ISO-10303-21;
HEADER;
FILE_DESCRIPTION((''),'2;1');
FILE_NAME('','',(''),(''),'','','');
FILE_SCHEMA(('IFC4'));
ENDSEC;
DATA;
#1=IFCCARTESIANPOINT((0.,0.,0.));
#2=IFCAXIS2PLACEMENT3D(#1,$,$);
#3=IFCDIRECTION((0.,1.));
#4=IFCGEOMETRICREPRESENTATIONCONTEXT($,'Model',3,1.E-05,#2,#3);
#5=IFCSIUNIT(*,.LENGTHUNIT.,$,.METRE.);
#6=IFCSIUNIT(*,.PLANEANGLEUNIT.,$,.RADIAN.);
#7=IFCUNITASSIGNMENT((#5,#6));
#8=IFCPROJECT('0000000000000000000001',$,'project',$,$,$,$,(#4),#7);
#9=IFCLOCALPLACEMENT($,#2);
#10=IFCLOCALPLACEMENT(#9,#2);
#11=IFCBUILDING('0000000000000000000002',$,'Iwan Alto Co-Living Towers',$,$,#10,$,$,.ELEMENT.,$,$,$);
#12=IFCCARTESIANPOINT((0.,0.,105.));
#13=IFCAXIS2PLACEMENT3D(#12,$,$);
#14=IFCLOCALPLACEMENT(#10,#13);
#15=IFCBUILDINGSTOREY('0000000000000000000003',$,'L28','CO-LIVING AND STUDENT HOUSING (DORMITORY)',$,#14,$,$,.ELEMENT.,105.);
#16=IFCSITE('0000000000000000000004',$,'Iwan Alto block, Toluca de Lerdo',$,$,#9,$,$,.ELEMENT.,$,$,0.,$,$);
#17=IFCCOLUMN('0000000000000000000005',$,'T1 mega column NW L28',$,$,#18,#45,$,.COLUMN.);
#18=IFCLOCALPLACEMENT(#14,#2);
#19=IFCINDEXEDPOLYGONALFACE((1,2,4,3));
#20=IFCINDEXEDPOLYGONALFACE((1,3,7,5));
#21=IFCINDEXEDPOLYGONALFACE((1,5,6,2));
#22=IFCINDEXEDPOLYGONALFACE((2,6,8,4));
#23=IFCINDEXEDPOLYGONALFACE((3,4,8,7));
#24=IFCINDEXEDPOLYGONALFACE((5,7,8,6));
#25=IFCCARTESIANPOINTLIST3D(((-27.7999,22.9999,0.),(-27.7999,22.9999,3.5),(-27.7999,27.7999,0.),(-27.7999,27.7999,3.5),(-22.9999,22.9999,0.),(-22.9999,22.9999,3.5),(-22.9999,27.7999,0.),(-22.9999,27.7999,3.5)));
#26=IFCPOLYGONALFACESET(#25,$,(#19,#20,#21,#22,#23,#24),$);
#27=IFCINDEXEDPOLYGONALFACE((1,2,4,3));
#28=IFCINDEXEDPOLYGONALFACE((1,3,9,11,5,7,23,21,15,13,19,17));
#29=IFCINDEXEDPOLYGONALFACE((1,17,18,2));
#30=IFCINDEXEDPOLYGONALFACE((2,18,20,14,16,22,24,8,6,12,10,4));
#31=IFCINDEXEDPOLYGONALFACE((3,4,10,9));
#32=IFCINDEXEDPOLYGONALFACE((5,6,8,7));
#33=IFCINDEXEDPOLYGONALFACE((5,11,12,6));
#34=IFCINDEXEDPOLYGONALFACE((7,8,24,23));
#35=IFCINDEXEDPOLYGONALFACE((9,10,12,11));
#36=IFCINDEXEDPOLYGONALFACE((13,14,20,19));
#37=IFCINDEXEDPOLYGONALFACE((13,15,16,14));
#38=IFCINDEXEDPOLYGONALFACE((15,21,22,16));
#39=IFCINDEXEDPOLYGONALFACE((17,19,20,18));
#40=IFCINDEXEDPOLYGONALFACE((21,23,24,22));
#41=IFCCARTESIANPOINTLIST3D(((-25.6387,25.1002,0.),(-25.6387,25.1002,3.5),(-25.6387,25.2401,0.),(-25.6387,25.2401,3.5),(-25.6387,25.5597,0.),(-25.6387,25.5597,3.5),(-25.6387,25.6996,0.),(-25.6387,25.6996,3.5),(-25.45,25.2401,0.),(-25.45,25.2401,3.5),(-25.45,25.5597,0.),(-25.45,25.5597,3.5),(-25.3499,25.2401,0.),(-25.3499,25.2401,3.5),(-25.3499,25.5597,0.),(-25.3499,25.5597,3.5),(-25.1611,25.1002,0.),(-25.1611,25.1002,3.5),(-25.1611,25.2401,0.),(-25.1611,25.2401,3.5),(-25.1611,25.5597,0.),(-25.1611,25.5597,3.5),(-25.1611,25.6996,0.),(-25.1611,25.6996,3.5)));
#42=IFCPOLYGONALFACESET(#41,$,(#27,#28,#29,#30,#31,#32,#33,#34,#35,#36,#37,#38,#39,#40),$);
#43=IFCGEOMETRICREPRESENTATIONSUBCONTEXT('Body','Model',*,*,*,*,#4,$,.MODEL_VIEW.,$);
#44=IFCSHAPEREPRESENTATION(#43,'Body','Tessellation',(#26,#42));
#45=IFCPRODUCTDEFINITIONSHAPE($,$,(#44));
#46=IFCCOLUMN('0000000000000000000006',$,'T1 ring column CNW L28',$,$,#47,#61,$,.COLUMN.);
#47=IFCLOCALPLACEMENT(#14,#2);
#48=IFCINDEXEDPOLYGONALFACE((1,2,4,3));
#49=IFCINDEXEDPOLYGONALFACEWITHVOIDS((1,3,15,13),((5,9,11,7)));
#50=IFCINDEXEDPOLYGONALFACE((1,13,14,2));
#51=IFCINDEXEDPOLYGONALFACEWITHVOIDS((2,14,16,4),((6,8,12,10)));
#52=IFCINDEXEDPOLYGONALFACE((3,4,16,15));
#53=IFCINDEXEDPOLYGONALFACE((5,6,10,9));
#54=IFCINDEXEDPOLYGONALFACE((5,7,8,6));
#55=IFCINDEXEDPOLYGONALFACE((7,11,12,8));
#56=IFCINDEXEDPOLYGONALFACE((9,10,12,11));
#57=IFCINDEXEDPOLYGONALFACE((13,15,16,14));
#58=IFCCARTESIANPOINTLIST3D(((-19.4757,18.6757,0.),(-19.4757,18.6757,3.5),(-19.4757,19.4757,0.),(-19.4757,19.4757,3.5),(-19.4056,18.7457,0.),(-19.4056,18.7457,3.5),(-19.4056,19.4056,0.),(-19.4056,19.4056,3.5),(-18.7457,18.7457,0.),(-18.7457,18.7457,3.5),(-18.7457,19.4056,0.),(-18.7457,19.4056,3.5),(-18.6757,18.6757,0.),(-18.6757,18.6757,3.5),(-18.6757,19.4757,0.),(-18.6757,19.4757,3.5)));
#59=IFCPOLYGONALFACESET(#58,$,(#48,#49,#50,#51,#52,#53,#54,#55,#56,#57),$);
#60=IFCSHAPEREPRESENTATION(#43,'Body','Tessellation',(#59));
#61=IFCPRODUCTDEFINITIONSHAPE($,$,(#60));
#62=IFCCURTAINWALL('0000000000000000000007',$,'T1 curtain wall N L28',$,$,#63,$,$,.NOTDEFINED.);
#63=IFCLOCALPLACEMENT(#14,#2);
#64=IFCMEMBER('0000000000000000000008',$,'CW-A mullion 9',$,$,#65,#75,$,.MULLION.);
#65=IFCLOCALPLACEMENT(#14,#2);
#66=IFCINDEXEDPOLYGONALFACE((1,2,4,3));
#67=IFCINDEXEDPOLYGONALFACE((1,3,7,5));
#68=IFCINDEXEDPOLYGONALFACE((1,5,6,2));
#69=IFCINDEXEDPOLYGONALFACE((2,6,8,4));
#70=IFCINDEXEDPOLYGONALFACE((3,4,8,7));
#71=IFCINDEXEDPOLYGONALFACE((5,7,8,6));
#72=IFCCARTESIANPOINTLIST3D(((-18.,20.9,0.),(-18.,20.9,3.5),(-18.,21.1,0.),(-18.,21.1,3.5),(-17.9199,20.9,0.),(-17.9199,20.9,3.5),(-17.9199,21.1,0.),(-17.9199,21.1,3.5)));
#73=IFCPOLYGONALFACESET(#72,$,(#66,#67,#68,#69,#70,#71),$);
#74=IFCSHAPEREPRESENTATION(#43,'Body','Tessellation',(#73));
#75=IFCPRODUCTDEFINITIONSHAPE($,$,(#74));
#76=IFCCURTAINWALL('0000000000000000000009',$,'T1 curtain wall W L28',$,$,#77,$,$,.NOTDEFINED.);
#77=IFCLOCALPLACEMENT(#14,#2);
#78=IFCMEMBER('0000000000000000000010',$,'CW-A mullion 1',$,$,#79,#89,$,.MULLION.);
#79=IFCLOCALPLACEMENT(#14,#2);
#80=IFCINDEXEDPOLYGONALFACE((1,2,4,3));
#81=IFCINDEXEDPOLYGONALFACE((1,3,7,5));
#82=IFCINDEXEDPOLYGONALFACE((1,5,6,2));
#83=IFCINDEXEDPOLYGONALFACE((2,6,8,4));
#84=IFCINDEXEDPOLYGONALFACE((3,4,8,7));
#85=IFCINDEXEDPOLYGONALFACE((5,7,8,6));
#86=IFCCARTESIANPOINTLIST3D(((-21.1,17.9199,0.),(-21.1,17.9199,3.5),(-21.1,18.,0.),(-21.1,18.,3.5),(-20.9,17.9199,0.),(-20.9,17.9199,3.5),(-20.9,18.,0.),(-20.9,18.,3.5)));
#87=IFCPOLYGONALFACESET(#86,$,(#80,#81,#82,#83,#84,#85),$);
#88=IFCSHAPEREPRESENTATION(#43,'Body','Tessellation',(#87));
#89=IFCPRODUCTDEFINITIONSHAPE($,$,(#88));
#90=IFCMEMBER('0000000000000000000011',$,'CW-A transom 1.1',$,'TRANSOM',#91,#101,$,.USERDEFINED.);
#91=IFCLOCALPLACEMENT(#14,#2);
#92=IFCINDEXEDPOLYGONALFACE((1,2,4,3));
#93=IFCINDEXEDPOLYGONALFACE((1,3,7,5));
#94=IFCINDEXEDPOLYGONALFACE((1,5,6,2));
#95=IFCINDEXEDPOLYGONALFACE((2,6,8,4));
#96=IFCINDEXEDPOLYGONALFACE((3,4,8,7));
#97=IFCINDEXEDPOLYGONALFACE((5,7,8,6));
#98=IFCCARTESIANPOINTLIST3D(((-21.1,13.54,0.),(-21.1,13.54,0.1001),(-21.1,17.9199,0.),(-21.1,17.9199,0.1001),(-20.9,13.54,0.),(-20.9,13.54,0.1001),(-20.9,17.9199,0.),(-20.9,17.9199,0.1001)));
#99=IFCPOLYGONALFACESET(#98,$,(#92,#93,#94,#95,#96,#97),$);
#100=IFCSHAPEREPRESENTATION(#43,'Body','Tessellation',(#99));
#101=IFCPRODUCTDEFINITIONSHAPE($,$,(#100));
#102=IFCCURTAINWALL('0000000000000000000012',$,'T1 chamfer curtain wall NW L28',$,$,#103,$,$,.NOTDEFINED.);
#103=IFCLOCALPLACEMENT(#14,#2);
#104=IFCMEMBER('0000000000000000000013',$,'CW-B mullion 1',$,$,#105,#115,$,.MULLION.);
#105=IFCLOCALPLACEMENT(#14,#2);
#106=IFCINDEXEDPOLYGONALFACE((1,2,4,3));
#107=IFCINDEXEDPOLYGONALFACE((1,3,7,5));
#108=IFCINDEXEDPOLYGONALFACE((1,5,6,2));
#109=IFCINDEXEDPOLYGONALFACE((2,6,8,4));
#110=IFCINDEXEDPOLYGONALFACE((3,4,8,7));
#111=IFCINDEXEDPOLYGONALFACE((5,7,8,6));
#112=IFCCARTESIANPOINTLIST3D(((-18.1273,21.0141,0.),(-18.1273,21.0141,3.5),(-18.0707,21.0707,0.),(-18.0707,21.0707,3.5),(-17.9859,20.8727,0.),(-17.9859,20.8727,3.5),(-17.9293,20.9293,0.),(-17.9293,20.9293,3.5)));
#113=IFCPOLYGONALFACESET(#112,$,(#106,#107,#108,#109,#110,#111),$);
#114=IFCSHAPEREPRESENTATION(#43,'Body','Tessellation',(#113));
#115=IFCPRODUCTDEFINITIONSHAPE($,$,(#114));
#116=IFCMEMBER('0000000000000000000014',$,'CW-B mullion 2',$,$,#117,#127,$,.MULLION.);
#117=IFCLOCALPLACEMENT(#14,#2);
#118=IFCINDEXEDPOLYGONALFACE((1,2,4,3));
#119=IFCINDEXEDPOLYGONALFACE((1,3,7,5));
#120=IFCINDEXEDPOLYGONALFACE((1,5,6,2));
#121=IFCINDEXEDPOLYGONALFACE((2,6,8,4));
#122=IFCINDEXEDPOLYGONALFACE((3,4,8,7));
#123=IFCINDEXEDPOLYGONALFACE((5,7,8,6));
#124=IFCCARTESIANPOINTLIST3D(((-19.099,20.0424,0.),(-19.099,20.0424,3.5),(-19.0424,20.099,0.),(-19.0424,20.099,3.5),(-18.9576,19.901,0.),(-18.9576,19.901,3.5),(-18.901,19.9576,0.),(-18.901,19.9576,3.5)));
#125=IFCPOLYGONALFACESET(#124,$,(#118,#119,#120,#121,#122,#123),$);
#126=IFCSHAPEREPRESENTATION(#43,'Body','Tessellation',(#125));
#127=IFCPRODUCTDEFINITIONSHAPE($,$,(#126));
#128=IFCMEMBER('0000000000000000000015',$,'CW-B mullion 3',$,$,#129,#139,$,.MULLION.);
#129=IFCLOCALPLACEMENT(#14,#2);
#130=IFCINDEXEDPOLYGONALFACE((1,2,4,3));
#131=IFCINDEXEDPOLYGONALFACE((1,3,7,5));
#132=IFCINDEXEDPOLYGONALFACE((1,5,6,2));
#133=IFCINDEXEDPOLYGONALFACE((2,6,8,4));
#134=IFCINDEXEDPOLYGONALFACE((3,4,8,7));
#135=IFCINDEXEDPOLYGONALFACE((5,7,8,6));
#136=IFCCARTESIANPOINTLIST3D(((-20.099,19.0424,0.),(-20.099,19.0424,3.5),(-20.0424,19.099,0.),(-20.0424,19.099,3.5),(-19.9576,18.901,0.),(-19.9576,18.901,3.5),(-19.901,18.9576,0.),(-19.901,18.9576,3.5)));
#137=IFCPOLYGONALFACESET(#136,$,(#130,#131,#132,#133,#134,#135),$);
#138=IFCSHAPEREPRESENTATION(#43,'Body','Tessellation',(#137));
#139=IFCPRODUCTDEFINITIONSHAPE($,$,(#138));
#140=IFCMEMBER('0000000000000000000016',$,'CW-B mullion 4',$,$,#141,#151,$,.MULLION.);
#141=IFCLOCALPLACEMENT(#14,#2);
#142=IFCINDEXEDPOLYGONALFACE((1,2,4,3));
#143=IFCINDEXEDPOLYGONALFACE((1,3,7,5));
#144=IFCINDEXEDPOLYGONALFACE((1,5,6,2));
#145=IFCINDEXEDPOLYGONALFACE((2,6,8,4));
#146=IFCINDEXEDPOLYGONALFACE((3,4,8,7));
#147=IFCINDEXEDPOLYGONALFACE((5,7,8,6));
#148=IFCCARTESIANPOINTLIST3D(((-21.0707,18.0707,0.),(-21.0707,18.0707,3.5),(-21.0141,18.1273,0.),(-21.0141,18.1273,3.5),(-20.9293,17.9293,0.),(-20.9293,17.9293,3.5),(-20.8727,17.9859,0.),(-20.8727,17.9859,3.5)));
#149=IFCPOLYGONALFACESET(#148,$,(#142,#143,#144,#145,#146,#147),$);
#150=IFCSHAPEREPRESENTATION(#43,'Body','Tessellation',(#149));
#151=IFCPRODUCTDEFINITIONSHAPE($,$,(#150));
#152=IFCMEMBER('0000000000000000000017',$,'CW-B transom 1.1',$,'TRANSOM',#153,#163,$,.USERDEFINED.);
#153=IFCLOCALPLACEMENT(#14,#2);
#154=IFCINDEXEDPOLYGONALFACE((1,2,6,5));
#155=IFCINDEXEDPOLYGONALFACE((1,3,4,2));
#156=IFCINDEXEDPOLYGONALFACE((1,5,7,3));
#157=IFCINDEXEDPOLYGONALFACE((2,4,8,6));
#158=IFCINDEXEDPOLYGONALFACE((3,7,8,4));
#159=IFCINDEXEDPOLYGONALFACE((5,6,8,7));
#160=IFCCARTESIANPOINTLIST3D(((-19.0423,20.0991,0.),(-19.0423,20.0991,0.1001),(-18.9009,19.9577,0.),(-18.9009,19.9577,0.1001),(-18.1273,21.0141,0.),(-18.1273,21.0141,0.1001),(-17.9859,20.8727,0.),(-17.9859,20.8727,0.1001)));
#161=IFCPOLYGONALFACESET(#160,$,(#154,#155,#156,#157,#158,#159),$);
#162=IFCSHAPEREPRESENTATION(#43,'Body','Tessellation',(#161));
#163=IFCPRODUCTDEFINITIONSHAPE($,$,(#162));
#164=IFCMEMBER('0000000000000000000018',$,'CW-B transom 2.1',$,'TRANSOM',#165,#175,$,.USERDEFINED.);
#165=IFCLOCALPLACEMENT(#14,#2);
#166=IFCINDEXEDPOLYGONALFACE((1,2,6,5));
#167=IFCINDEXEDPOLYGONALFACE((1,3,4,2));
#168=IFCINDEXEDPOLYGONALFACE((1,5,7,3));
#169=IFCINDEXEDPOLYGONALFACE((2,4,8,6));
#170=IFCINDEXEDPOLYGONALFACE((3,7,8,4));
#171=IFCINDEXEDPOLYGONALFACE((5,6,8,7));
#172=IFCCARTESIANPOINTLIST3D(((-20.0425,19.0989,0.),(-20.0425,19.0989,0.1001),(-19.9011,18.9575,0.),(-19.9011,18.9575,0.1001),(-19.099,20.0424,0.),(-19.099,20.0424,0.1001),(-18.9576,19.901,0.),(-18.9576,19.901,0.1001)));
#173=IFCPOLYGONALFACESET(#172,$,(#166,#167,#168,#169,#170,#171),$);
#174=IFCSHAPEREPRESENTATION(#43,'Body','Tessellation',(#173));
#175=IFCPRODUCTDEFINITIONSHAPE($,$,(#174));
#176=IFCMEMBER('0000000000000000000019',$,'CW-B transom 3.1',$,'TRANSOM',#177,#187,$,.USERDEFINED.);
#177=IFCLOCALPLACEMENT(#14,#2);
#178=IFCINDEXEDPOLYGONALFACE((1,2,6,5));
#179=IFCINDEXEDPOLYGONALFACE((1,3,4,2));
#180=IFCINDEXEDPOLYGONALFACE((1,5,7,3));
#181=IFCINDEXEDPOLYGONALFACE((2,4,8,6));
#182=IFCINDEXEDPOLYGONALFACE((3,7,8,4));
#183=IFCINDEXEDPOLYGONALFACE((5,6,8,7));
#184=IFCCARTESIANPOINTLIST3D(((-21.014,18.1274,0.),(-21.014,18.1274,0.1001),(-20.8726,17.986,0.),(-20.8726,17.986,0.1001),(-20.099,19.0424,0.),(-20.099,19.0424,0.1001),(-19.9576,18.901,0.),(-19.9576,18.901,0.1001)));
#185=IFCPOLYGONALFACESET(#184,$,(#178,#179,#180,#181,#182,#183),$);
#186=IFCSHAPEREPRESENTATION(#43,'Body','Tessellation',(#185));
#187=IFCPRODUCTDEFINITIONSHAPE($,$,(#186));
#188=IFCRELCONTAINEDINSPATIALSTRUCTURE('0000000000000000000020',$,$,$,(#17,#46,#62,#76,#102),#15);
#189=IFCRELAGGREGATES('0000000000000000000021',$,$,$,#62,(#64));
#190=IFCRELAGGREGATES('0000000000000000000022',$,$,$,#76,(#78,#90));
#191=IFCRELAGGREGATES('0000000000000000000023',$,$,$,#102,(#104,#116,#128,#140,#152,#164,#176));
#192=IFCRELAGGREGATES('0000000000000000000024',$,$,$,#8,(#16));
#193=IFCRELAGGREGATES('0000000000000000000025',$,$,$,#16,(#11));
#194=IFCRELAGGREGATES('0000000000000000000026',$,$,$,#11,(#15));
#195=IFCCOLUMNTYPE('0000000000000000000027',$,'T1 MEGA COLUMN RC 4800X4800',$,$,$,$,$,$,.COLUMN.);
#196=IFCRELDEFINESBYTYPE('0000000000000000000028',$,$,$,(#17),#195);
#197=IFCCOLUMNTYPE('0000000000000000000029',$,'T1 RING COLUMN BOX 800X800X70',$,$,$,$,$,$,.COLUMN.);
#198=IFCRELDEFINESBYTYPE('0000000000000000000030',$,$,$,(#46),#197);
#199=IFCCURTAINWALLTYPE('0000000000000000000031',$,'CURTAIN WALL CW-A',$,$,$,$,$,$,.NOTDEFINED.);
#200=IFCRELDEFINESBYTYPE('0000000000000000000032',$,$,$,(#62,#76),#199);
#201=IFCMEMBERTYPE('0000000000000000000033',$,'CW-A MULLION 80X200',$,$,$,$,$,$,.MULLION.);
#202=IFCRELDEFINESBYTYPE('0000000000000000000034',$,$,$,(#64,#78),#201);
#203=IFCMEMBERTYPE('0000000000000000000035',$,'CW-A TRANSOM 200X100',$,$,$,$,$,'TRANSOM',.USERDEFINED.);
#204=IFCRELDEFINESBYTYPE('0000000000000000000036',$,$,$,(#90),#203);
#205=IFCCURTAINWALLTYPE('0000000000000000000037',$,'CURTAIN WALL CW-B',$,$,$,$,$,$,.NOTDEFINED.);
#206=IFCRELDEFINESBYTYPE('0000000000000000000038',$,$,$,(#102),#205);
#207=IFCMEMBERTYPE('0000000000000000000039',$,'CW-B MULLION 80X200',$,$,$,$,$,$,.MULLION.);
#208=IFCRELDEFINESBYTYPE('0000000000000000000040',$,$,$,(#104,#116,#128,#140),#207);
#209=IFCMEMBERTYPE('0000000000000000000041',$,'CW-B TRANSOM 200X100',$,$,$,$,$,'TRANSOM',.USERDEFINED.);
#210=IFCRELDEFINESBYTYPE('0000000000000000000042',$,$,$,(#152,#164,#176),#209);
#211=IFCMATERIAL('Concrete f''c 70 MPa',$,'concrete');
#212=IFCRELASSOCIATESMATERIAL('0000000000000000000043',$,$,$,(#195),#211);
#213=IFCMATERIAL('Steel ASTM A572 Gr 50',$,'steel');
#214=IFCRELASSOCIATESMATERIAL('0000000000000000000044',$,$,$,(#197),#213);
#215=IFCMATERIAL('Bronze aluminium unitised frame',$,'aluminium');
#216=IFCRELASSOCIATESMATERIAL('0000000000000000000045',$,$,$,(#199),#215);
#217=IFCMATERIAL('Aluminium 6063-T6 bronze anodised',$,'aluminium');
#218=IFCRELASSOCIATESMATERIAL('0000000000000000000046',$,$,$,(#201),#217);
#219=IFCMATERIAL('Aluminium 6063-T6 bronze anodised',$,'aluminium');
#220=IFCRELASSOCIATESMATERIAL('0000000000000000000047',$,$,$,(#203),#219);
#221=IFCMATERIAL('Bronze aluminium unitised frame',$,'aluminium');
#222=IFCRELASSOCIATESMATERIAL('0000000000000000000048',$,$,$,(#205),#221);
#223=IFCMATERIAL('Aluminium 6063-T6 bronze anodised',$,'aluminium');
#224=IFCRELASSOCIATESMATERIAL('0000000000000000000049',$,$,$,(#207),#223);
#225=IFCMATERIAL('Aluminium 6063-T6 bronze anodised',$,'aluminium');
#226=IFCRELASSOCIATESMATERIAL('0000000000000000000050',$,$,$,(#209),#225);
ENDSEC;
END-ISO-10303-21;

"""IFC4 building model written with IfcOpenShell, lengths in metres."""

from ifc_helpers import new_model, si_unit, direction, frame, origin, origin_2d, place, context, subcontext, project, spatial, rectangle, hollow_rectangle, i_section, extrude, material, material_profile, profile_set, type_object, element, aggregate, save


model = new_model("IFC4")

# Units and contexts
model_context = context("Model", 3, precision=1e-05, world=origin(), true_north=direction((0.0, 1.0)))
body_context = subcontext(model_context, "Body", "Model", "MODEL_VIEW")
ifc_project = project(units=[si_unit("LENGTHUNIT", "METRE"), si_unit("PLANEANGLEUNIT", "RADIAN")], contexts=[model_context])

# Site, building, storey
site_placement = place(None, origin())
site = spatial("IfcSite", under=ifc_project, at=site_placement, Name="Iwan Alto block, Toluca de Lerdo", CompositionType="ELEMENT", RefElevation=0.0)
building_placement = place(site_placement, origin())
building = spatial("IfcBuilding", under=site, at=building_placement, Name="Iwan Alto Co-Living Towers", CompositionType="ELEMENT")
storey_placement = place(building_placement, frame((0.0, 0.0, 105.0)))
storey = spatial("IfcBuildingStorey", under=building, at=storey_placement, Name="L28", Description="CO-LIVING AND STUDENT HOUSING (DORMITORY)", CompositionType="ELEMENT", Elevation=105.0)

# Columns
ifc_material_1 = material(Name="Concrete f'c 70 MPa", Category="concrete")
ifc_material_profile_1 = material_profile(ifc_material_1, rectangle(XDim=4.8, YDim=4.8, at=origin_2d()), Name="RC 4800X4800")
ifc_profile_set_1 = profile_set([ifc_material_profile_1], Name="Concrete f'c 70 MPa")
column_type_1 = type_object("IfcColumnType", Name="T1 MEGA COLUMN RC 4800X4800", PredefinedType="COLUMN", material=ifc_profile_set_1)
column_1_placement = place(storey_placement, frame((-25.3999, 25.3999, 0.0), z_axis=(0.0, 0.0, 1.0), x_axis=(1.0, 0.0, 0.0)))
element("IfcColumn", 1, at=column_1_placement, inside=storey, type_object=column_type_1, Name="T1 mega column NW L28", PredefinedType="COLUMN", context=body_context, shape_type="SweptSolid", body=[
    extrude(rectangle(XDim=4.8, YDim=4.8, at=origin_2d()), origin(), (0.0, 0.0, 1.0), 3.5),
    extrude(i_section(OverallWidth=0.4775, OverallDepth=0.5994, WebThickness=0.1001, FlangeThickness=0.1399, at=origin_2d()), origin(), (0.0, 0.0, 1.0), 3.5),
])
ifc_material_2 = material(Name="Steel ASTM A572 Gr 50", Category="steel")
ifc_material_profile_2 = material_profile(ifc_material_2, hollow_rectangle(XDim=0.8, YDim=0.8, WallThickness=0.0701, at=origin_2d()), Name="BOX 800X800X70")
ifc_profile_set_2 = profile_set([ifc_material_profile_2], Name="Steel ASTM A572 Gr 50")
column_type_2 = type_object("IfcColumnType", Name="T1 RING COLUMN BOX 800X800X70", PredefinedType="COLUMN", material=ifc_profile_set_2)
column_2_placement = place(storey_placement, frame((-19.0757, 19.0757, 0.0), z_axis=(0.0, 0.0, 1.0), x_axis=(1.0, 0.0, 0.0)))
element("IfcColumn", 2, at=column_2_placement, inside=storey, type_object=column_type_2, Name="T1 ring column CNW L28", PredefinedType="COLUMN", context=body_context, shape_type="SweptSolid", body=[
    extrude(hollow_rectangle(XDim=0.8, YDim=0.8, WallThickness=0.0701, at=origin_2d()), origin(), (0.0, 0.0, 1.0), 3.5),
])

# Curtain wall, member
ifc_material_3 = material(Name="Bronze aluminium unitised frame", Category="aluminium")
curtain_wall_type_1 = type_object("IfcCurtainWallType", Name="CURTAIN WALL CW-A", PredefinedType="NOTDEFINED", material=ifc_material_3)
curtain_wall_1_placement = place(storey_placement, origin())
curtain_wall_1 = element("IfcCurtainWall", 3, at=curtain_wall_1_placement, inside=storey, type_object=curtain_wall_type_1, Name="T1 curtain wall N L28", PredefinedType="NOTDEFINED")
ifc_material_4 = material(Name="Aluminium 6063-T6 bronze anodised", Category="aluminium")
ifc_material_profile_3 = material_profile(ifc_material_4, rectangle(XDim=0.2, YDim=0.0801, at=origin_2d()), Name="AL 80X200")
ifc_profile_set_3 = profile_set([ifc_material_profile_3], Name="Aluminium 6063-T6 bronze anodised")
member_type_1 = type_object("IfcMemberType", Name="CW-A MULLION 80X200", PredefinedType="MULLION", material=ifc_profile_set_3)
member_1_placement = place(storey_placement, frame((-17.96, 21.0, 0.0), z_axis=(0.0, 0.0, 1.0), x_axis=(0.0, -1.0, 0.0)))
member_1 = element("IfcMember", 4, at=member_1_placement, type_object=member_type_1, Name="CW-A mullion 9", PredefinedType="MULLION", context=body_context, shape_type="SweptSolid", body=[
    extrude(rectangle(XDim=0.2, YDim=0.0801, at=origin_2d()), origin(), (0.0, 0.0, 1.0), 3.5),
])
aggregate(curtain_wall_1, [member_1])

# Curtain walls, members
curtain_wall_2_placement = place(storey_placement, origin())
curtain_wall_2 = element("IfcCurtainWall", 5, at=curtain_wall_2_placement, inside=storey, type_object=curtain_wall_type_1, Name="T1 curtain wall W L28", PredefinedType="NOTDEFINED")
member_2_placement = place(storey_placement, frame((-21.0, 17.96, 0.0), z_axis=(0.0, 0.0, 1.0), x_axis=(1.0, 0.0, 0.0)))
member_2 = element("IfcMember", 6, at=member_2_placement, type_object=member_type_1, Name="CW-A mullion 1", PredefinedType="MULLION", context=body_context, shape_type="SweptSolid", body=[
    extrude(rectangle(XDim=0.2, YDim=0.0801, at=origin_2d()), origin(), (0.0, 0.0, 1.0), 3.5),
])
ifc_material_5 = material(Name="Aluminium 6063-T6 bronze anodised", Category="aluminium")
ifc_material_profile_4 = material_profile(ifc_material_5, rectangle(XDim=0.2, YDim=0.1001, at=origin_2d()), Name="AL 200X100")
ifc_profile_set_4 = profile_set([ifc_material_profile_4], Name="Aluminium 6063-T6 bronze anodised")
member_type_2 = type_object("IfcMemberType", Name="CW-A TRANSOM 200X100", ElementType="TRANSOM", PredefinedType="USERDEFINED", material=ifc_profile_set_4)
member_3_placement = place(storey_placement, frame((-21.0, 17.9199, 0.05), z_axis=(0.0, -1.0, 0.0), x_axis=(1.0, 0.0, 0.0)))
member_3 = element("IfcMember", 7, at=member_3_placement, type_object=member_type_2, Name="CW-A transom 1.1", ObjectType="TRANSOM", PredefinedType="USERDEFINED", context=body_context, shape_type="SweptSolid", body=[
    extrude(rectangle(XDim=0.2, YDim=0.1001, at=origin_2d()), origin(), (0.0, 0.0, 1.0), 4.3799),
])
ifc_material_6 = material(Name="Bronze aluminium unitised frame", Category="aluminium")
curtain_wall_type_2 = type_object("IfcCurtainWallType", Name="CURTAIN WALL CW-B", PredefinedType="NOTDEFINED", material=ifc_material_6)
curtain_wall_3_placement = place(storey_placement, origin())
curtain_wall_3 = element("IfcCurtainWall", 8, at=curtain_wall_3_placement, inside=storey, type_object=curtain_wall_type_2, Name="T1 chamfer curtain wall NW L28", PredefinedType="NOTDEFINED")
ifc_material_7 = material(Name="Aluminium 6063-T6 bronze anodised", Category="aluminium")
ifc_material_profile_5 = material_profile(ifc_material_7, rectangle(XDim=0.2, YDim=0.0801, at=origin_2d()), Name="AL 80X200")
ifc_profile_set_5 = profile_set([ifc_material_profile_5], Name="Aluminium 6063-T6 bronze anodised")
member_type_3 = type_object("IfcMemberType", Name="CW-B MULLION 80X200", PredefinedType="MULLION", material=ifc_profile_set_5)
member_4_placement = place(storey_placement, frame((-18.0283, 20.9717, 0.0), z_axis=(0.0, 0.0, 1.0), x_axis=(0.707107, -0.707107, 0.0)))
member_4 = element("IfcMember", 9, at=member_4_placement, type_object=member_type_3, Name="CW-B mullion 1", PredefinedType="MULLION", context=body_context, shape_type="SweptSolid", body=[
    extrude(rectangle(XDim=0.2, YDim=0.0801, at=origin_2d()), origin(), (0.0, 0.0, 1.0), 3.5),
])
member_5_placement = place(storey_placement, frame((-19.0, 20.0, 0.0), z_axis=(0.0, 0.0, 1.0), x_axis=(0.707107, -0.707107, 0.0)))
member_5 = element("IfcMember", 10, at=member_5_placement, type_object=member_type_3, Name="CW-B mullion 2", PredefinedType="MULLION", context=body_context, shape_type="SweptSolid", body=[
    extrude(rectangle(XDim=0.2, YDim=0.0801, at=origin_2d()), origin(), (0.0, 0.0, 1.0), 3.5),
])
member_6_placement = place(storey_placement, frame((-20.0, 19.0, 0.0), z_axis=(0.0, 0.0, 1.0), x_axis=(0.707107, -0.707107, 0.0)))
member_6 = element("IfcMember", 11, at=member_6_placement, type_object=member_type_3, Name="CW-B mullion 3", PredefinedType="MULLION", context=body_context, shape_type="SweptSolid", body=[
    extrude(rectangle(XDim=0.2, YDim=0.0801, at=origin_2d()), origin(), (0.0, 0.0, 1.0), 3.5),
])
member_7_placement = place(storey_placement, frame((-20.9717, 18.0283, 0.0), z_axis=(0.0, 0.0, 1.0), x_axis=(0.707107, -0.707107, 0.0)))
member_7 = element("IfcMember", 12, at=member_7_placement, type_object=member_type_3, Name="CW-B mullion 4", PredefinedType="MULLION", context=body_context, shape_type="SweptSolid", body=[
    extrude(rectangle(XDim=0.2, YDim=0.0801, at=origin_2d()), origin(), (0.0, 0.0, 1.0), 3.5),
])
ifc_material_8 = material(Name="Aluminium 6063-T6 bronze anodised", Category="aluminium")
ifc_material_profile_6 = material_profile(ifc_material_8, rectangle(XDim=0.2, YDim=0.1001, at=origin_2d()), Name="AL 200X100")
ifc_profile_set_6 = profile_set([ifc_material_profile_6], Name="Aluminium 6063-T6 bronze anodised")
member_type_4 = type_object("IfcMemberType", Name="CW-B TRANSOM 200X100", ElementType="TRANSOM", PredefinedType="USERDEFINED", material=ifc_profile_set_6)
member_8_placement = place(storey_placement, frame((-18.0566, 20.9434, 0.05), z_axis=(-0.707107, -0.707107, 0.0), x_axis=(0.707107, -0.707107, 0.0)))
member_8 = element("IfcMember", 13, at=member_8_placement, type_object=member_type_4, Name="CW-B transom 1.1", ObjectType="TRANSOM", PredefinedType="USERDEFINED", context=body_context, shape_type="SweptSolid", body=[
    extrude(rectangle(XDim=0.2, YDim=0.1001, at=origin_2d()), origin(), (0.0, 0.0, 1.0), 1.2939),
])
member_9_placement = place(storey_placement, frame((-19.0283, 19.9717, 0.05), z_axis=(-0.707107, -0.707107, 0.0), x_axis=(0.707107, -0.707107, 0.0)))
member_9 = element("IfcMember", 14, at=member_9_placement, type_object=member_type_4, Name="CW-B transom 2.1", ObjectType="TRANSOM", PredefinedType="USERDEFINED", context=body_context, shape_type="SweptSolid", body=[
    extrude(rectangle(XDim=0.2, YDim=0.1001, at=origin_2d()), origin(), (0.0, 0.0, 1.0), 1.3342),
])
member_10_placement = place(storey_placement, frame((-20.0283, 18.9717, 0.05), z_axis=(-0.707107, -0.707107, 0.0), x_axis=(0.707107, -0.707107, 0.0)))
member_10 = element("IfcMember", 15, at=member_10_placement, type_object=member_type_4, Name="CW-B transom 3.1", ObjectType="TRANSOM", PredefinedType="USERDEFINED", context=body_context, shape_type="SweptSolid", body=[
    extrude(rectangle(XDim=0.2, YDim=0.1001, at=origin_2d()), origin(), (0.0, 0.0, 1.0), 1.2939),
])

aggregate(curtain_wall_2, [member_2, member_3])
aggregate(curtain_wall_3, [member_4, member_5, member_6, member_7, member_8, member_9, member_10])

save(model, "model.ifc")
